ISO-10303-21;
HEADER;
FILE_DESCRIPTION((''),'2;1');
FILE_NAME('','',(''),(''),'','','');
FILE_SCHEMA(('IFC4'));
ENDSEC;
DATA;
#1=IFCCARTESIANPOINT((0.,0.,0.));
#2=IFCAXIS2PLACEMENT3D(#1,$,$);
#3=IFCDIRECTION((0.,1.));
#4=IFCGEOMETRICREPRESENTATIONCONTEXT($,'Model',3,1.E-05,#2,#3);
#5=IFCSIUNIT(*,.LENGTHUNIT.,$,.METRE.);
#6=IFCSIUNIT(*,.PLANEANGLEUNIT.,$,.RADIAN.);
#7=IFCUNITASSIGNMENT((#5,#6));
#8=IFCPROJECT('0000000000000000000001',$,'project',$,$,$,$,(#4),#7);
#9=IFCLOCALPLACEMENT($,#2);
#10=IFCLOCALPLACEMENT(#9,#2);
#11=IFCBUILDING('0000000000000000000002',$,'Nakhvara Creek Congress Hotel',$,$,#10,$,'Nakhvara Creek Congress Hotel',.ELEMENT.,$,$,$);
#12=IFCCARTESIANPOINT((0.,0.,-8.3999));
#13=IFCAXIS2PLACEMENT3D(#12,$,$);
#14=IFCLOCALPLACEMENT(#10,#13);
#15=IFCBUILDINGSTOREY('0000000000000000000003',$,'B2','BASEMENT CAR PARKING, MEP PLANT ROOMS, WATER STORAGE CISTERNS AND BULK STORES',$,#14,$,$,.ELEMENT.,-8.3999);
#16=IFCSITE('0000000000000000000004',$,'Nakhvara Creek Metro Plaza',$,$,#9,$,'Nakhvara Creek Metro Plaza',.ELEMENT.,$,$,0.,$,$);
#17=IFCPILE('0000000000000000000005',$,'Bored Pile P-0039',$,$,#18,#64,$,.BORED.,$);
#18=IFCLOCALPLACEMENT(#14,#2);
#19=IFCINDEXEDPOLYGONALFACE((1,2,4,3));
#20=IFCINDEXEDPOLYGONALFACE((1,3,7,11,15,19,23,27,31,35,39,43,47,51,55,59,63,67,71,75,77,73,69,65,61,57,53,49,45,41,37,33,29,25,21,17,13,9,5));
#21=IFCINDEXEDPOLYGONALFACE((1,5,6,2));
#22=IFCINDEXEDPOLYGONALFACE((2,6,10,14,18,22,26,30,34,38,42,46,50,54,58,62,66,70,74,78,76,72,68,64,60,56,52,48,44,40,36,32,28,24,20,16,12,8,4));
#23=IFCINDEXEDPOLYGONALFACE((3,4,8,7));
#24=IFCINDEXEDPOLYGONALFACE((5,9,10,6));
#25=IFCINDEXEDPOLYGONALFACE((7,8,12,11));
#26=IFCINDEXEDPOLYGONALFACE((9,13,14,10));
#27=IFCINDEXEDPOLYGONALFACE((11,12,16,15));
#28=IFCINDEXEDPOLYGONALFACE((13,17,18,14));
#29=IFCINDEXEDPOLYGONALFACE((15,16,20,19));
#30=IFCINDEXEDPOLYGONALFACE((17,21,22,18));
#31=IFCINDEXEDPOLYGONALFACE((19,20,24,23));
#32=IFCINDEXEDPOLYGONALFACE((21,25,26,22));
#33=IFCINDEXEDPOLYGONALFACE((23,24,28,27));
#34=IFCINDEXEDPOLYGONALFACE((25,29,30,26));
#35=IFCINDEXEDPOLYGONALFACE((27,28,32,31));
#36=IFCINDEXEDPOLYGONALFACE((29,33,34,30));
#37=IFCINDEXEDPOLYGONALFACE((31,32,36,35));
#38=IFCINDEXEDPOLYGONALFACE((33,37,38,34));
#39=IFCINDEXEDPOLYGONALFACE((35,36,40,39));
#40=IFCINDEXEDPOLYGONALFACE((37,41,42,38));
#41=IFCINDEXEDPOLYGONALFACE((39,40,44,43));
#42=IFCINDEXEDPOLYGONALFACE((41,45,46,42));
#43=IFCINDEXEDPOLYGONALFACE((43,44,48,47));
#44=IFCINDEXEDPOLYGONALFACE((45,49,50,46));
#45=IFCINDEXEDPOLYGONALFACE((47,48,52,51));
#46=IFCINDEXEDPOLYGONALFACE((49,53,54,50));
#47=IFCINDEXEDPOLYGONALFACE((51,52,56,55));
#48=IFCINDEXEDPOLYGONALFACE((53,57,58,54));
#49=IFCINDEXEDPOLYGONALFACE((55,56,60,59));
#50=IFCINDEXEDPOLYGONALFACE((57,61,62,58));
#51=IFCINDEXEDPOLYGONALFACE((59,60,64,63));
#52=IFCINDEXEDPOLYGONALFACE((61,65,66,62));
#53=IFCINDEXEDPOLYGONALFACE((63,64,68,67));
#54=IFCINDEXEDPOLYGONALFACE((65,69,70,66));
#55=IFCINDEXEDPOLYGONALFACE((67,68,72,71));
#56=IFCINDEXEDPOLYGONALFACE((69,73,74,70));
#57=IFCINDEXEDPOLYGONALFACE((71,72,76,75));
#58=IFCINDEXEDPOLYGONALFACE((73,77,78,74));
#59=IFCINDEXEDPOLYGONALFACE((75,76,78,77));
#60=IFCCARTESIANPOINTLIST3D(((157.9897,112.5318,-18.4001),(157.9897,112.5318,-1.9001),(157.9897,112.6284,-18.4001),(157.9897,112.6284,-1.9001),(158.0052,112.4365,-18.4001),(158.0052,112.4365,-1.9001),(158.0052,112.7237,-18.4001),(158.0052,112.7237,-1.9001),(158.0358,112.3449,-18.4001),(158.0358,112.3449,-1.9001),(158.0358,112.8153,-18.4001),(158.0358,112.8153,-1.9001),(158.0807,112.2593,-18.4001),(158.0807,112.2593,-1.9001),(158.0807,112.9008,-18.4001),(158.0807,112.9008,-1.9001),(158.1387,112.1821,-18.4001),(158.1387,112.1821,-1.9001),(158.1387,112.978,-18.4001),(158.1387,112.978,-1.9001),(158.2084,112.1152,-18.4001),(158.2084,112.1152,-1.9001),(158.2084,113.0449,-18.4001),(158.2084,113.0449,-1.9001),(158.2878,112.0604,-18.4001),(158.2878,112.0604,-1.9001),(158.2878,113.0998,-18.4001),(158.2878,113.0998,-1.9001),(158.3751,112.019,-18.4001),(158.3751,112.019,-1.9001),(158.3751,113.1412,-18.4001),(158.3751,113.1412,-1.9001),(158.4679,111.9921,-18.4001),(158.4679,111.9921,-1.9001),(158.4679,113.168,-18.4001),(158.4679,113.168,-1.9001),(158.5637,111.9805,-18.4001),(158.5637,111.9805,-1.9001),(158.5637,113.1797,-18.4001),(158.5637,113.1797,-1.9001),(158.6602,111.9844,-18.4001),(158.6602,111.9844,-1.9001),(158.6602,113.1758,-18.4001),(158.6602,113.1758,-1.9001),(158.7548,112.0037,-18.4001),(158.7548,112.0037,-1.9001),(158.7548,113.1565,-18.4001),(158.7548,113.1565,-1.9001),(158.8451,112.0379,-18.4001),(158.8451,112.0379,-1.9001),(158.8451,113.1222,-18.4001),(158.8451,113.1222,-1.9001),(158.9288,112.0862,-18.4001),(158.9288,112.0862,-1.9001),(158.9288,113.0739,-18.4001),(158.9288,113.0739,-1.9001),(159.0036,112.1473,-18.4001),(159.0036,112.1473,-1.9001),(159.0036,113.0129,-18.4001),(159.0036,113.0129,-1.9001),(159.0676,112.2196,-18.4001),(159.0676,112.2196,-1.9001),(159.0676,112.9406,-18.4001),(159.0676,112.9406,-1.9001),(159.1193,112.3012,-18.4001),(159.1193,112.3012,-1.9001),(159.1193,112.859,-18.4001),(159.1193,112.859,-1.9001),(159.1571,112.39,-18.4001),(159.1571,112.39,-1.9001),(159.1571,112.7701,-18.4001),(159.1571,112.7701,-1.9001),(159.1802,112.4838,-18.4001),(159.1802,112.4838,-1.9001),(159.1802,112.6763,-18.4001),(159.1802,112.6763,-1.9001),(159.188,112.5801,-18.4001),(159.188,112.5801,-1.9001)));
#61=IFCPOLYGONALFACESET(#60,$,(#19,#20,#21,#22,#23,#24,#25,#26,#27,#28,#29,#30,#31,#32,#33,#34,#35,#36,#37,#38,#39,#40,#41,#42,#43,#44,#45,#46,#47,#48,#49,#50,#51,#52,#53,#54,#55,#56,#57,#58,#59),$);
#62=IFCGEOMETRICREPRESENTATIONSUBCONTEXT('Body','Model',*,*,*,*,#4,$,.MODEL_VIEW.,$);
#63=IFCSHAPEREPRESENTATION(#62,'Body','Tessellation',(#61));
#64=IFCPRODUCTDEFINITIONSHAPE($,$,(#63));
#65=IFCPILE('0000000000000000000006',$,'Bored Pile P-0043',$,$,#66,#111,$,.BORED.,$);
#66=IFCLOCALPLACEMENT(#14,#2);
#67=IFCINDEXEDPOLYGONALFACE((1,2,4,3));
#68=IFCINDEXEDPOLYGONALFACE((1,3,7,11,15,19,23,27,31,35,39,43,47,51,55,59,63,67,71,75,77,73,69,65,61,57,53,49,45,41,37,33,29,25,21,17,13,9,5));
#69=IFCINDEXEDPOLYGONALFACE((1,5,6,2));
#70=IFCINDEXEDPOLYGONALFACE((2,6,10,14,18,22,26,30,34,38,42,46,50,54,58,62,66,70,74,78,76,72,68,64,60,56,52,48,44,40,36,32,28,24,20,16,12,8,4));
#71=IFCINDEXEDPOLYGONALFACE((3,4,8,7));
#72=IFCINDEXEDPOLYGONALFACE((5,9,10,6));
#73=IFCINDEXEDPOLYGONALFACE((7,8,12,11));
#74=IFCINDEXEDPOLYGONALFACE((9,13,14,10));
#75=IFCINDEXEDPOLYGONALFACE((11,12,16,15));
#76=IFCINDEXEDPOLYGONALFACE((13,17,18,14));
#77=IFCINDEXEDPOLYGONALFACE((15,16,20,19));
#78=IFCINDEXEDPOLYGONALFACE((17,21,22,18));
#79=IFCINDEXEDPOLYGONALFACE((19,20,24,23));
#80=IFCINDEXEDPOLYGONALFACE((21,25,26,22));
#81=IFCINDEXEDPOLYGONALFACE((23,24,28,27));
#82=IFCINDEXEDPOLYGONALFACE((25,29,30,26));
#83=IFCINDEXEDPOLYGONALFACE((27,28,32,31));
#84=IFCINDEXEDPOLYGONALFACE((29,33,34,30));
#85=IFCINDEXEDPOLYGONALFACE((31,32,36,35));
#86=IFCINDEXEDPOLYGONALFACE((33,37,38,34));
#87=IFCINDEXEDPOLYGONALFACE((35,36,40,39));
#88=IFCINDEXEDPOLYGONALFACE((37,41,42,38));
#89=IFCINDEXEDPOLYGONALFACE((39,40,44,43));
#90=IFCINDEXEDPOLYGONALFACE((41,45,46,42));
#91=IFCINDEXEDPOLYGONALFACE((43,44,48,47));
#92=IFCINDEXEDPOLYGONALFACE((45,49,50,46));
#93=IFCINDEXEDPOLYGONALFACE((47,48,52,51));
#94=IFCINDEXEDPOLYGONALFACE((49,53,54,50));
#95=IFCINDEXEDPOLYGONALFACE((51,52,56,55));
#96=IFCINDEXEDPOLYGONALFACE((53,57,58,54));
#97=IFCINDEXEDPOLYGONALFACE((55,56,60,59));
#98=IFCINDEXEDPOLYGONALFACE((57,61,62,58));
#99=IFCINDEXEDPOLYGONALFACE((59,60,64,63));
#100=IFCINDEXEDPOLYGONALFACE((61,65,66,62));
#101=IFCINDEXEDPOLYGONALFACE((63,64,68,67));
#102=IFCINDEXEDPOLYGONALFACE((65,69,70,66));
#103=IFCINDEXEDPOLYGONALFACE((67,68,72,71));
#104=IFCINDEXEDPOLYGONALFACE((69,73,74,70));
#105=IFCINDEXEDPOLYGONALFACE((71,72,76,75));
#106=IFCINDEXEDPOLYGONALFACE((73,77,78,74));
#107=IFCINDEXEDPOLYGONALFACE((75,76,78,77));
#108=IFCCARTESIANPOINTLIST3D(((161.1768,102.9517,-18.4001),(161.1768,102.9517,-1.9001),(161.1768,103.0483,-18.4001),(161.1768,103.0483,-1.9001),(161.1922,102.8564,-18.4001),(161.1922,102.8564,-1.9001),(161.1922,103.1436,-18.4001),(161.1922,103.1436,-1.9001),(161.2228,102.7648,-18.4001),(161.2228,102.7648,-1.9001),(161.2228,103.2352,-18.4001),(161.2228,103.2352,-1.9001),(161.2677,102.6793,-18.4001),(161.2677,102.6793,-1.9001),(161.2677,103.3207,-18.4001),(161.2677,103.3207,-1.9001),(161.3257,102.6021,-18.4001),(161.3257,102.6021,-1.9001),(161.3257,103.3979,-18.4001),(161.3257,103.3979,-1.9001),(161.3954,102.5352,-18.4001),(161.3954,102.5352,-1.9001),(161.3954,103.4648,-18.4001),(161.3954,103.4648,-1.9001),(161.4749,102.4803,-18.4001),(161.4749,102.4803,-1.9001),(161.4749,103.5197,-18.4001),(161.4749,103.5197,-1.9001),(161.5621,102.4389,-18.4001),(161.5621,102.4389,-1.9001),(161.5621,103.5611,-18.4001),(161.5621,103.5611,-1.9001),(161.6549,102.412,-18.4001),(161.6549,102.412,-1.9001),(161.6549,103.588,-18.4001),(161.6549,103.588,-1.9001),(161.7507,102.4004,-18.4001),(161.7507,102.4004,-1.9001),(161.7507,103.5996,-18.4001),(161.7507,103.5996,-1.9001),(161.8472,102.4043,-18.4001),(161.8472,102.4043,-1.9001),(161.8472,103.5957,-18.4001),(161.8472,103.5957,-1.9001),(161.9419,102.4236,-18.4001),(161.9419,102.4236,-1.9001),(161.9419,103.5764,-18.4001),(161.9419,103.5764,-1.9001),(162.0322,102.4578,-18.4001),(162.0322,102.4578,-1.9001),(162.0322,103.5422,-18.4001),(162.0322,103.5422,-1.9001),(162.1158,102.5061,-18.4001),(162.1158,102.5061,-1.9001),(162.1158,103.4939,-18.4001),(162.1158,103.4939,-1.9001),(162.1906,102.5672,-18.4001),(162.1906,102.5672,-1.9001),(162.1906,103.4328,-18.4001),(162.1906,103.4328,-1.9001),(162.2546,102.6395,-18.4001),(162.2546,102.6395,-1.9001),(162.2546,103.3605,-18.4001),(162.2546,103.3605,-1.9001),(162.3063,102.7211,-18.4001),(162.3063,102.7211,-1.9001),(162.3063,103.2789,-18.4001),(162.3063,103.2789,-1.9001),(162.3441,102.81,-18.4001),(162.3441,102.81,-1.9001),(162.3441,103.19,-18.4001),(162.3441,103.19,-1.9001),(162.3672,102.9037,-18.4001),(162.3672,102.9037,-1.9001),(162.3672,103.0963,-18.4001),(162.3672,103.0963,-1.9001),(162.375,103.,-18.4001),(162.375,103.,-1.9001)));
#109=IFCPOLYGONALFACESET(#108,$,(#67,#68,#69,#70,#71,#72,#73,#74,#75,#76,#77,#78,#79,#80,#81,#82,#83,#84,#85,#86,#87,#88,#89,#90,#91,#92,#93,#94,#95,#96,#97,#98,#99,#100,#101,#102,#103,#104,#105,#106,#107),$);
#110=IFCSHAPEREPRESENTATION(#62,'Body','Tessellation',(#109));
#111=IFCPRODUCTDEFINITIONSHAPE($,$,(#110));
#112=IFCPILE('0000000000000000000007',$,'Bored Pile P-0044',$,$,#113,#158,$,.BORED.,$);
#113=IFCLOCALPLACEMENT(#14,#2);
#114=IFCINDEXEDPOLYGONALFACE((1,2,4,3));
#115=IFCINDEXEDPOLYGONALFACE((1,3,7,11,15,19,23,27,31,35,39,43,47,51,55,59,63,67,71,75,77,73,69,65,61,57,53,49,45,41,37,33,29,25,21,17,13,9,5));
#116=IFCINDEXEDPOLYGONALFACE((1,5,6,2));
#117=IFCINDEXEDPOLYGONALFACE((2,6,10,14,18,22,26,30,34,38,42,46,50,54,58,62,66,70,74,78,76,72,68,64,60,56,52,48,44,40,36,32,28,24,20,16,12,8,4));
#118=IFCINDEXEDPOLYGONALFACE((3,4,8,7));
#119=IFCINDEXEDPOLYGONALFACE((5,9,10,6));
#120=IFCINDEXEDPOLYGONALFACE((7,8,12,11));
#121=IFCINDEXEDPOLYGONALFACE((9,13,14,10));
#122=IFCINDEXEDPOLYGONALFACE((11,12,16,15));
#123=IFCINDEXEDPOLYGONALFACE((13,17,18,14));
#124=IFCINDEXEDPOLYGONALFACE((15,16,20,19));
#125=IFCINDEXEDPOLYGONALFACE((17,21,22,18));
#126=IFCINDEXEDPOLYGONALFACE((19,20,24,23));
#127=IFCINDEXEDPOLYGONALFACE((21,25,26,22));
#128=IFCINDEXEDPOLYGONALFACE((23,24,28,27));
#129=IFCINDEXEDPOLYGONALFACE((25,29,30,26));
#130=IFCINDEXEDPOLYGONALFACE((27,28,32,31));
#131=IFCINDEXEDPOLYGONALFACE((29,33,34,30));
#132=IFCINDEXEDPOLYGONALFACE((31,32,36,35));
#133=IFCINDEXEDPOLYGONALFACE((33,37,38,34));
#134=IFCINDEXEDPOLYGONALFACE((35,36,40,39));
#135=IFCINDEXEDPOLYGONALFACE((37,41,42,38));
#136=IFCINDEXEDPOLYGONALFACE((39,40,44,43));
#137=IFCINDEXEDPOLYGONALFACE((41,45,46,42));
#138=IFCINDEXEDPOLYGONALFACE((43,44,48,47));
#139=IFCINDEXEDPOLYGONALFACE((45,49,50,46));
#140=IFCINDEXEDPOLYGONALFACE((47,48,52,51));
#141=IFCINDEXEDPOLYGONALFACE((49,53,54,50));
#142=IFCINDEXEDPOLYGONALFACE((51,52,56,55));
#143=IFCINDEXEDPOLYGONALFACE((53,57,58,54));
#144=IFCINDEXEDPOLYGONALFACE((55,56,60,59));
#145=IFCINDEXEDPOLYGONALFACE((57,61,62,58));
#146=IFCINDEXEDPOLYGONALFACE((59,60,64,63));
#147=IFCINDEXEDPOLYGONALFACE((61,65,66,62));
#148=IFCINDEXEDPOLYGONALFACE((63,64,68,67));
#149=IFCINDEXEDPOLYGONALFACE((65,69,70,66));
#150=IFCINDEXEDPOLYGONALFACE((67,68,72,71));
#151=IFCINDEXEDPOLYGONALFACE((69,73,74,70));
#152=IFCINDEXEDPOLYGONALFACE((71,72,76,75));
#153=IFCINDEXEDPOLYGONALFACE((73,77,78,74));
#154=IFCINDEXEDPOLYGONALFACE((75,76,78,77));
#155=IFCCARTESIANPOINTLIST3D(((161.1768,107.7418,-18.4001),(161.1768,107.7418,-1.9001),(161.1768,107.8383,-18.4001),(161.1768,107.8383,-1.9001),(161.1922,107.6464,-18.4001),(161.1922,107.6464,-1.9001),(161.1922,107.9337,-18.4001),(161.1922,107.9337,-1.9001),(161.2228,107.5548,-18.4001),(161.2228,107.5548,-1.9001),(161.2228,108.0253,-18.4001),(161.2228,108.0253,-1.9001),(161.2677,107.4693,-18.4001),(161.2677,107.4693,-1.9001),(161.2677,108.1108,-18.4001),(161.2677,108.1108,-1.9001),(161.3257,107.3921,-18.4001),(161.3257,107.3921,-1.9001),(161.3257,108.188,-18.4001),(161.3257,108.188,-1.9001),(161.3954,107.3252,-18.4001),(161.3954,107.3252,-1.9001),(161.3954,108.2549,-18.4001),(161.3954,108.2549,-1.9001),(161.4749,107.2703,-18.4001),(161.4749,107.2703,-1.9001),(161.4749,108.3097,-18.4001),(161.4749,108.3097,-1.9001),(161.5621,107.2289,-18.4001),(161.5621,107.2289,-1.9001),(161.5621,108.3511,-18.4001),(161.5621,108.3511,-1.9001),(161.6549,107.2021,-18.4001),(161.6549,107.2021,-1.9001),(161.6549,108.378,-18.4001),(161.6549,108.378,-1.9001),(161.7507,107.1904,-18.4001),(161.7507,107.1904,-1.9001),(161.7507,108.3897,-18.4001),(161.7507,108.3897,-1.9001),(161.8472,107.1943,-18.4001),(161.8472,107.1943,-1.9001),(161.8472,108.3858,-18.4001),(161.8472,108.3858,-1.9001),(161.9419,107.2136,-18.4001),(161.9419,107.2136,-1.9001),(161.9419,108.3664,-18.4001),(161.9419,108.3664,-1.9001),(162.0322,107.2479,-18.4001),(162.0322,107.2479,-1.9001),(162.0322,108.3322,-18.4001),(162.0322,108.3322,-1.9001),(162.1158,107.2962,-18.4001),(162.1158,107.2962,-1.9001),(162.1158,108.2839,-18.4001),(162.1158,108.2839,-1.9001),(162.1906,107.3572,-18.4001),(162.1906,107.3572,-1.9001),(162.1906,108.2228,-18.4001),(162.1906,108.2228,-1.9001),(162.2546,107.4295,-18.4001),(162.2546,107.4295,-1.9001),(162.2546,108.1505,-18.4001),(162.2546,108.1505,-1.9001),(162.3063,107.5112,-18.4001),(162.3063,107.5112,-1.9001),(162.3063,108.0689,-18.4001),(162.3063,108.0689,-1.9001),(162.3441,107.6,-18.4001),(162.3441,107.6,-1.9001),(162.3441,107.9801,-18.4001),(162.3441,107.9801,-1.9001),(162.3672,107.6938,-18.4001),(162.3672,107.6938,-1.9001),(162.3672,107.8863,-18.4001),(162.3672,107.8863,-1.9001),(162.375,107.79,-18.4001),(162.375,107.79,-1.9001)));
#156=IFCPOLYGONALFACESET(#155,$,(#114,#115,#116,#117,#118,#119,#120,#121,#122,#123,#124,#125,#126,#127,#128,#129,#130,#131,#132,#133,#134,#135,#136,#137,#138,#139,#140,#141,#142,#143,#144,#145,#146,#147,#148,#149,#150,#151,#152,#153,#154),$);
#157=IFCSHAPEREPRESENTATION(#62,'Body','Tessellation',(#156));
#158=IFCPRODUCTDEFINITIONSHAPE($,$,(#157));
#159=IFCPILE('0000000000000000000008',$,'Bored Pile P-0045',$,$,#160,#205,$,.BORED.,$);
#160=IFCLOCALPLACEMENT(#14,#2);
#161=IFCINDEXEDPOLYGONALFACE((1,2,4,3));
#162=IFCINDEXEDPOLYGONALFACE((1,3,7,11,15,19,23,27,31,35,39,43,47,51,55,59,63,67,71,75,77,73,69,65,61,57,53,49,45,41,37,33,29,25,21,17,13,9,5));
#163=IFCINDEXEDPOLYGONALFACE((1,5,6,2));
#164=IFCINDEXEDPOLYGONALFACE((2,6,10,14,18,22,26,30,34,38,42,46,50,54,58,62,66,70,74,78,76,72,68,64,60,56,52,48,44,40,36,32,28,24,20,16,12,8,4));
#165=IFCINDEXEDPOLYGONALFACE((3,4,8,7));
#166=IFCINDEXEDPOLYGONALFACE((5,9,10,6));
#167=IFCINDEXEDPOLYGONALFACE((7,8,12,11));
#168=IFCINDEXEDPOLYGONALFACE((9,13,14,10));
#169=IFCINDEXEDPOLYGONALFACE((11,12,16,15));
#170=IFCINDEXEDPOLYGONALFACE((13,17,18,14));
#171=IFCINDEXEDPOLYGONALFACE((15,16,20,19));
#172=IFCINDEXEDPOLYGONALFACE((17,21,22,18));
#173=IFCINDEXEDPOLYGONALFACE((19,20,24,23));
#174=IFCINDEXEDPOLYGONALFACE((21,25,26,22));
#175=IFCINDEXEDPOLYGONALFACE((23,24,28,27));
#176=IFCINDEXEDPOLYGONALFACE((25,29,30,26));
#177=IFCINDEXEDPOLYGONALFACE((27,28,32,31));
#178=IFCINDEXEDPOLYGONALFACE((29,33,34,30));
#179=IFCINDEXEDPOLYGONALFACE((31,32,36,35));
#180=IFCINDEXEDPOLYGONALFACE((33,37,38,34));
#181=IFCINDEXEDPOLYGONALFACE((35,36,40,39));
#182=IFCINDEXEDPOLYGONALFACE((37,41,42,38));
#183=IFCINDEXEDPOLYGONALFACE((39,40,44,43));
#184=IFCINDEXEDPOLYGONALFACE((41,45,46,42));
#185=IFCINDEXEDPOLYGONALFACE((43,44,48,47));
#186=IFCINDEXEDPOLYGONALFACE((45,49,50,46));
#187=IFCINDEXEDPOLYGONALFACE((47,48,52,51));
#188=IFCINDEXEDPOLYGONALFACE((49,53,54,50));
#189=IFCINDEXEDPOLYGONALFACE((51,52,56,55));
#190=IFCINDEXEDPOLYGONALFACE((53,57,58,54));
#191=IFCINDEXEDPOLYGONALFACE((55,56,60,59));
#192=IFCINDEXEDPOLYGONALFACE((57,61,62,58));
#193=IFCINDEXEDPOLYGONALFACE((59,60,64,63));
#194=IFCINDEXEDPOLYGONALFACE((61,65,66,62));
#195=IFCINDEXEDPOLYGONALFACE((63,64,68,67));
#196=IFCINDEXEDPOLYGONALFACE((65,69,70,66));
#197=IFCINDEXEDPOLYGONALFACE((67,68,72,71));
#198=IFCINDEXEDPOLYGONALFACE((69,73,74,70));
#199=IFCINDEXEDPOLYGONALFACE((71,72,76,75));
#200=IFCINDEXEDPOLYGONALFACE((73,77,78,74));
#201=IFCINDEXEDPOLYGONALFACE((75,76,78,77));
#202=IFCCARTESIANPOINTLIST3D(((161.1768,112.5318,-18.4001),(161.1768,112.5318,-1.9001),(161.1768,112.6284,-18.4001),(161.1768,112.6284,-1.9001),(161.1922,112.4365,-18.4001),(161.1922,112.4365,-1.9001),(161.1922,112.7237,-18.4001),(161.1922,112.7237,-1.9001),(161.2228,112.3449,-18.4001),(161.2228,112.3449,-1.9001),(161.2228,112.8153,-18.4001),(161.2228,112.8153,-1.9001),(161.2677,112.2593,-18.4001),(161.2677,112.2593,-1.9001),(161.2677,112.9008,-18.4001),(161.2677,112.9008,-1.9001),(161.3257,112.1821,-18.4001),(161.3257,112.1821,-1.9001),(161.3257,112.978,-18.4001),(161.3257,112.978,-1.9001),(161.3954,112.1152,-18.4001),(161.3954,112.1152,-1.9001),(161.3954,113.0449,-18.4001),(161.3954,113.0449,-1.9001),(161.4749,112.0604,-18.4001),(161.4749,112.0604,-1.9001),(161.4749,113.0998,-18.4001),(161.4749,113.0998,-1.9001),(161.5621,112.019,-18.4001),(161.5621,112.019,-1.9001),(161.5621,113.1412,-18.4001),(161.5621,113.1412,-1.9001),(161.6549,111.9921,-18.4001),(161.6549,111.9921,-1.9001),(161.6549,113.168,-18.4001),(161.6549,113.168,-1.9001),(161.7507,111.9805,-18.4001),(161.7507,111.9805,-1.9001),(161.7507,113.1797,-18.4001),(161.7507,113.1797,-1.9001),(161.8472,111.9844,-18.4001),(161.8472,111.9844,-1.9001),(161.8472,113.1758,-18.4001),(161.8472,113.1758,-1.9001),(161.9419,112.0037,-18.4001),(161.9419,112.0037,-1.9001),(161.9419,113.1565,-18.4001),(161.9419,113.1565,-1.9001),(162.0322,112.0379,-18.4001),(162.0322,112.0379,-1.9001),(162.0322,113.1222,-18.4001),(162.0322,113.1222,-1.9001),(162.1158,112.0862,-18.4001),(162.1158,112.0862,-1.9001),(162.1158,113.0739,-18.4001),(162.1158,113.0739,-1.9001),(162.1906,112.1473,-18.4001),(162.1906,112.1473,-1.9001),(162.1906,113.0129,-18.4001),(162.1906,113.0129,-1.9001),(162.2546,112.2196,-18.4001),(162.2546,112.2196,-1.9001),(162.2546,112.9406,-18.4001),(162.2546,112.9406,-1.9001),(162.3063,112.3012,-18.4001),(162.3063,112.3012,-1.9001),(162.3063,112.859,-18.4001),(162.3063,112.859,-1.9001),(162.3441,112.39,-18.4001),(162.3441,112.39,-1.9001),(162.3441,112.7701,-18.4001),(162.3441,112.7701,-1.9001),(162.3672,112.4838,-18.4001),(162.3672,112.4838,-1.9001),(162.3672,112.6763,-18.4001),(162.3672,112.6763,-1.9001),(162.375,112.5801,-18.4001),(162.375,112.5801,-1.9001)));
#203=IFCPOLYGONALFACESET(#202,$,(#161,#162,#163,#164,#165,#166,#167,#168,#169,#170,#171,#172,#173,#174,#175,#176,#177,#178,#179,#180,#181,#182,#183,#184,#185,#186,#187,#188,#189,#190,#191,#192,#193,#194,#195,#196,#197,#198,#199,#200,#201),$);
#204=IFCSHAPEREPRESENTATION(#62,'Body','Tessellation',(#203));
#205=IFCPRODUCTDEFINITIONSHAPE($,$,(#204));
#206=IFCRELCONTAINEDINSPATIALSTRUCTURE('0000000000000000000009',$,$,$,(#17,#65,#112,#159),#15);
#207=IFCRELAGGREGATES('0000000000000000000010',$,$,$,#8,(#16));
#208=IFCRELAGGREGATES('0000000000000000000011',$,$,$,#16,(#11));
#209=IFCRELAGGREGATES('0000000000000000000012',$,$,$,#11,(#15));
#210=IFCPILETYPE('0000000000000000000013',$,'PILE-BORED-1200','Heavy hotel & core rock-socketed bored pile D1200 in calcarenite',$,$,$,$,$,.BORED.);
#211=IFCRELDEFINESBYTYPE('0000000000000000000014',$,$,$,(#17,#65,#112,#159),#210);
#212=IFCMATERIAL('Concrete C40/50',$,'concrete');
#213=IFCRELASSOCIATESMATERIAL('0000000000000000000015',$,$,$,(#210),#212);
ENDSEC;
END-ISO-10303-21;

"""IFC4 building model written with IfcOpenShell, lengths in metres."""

from ifc_helpers import new_model, si_unit, direction, frame, origin, origin_2d, place, context, subcontext, project, spatial, circle, extrude, material, material_profile, profile_set, type_object, element, save


model = new_model("IFC4")

# Units and contexts
model_context = context("Model", 3, precision=1e-05, world=origin(), true_north=direction((0.0, 1.0)))
body_context = subcontext(model_context, "Body", "Model", "MODEL_VIEW")
ifc_project = project(units=[si_unit("LENGTHUNIT", "METRE"), si_unit("PLANEANGLEUNIT", "RADIAN")], contexts=[model_context])

# Site, building, storey
site_placement = place(None, origin())
site = spatial("IfcSite", under=ifc_project, at=site_placement, Name="Nakhvara Creek Metro Plaza", LongName="Nakhvara Creek Metro Plaza", CompositionType="ELEMENT", RefElevation=0.0)
building_placement = place(site_placement, origin())
building = spatial("IfcBuilding", under=site, at=building_placement, Name="Nakhvara Creek Congress Hotel", LongName="Nakhvara Creek Congress Hotel", CompositionType="ELEMENT")
storey_placement = place(building_placement, frame((0.0, 0.0, -8.3999)))
storey = spatial("IfcBuildingStorey", under=building, at=storey_placement, Name="B2", Description="BASEMENT CAR PARKING, MEP PLANT ROOMS, WATER STORAGE CISTERNS AND BULK STORES", CompositionType="ELEMENT", Elevation=-8.3999)

# Piles
ifc_material_1 = material(Name="Concrete C40/50", Category="concrete")
ifc_material_profile_1 = material_profile(ifc_material_1, circle(Radius=0.6001, at=origin_2d()), Name="BORED PILE D1200", Category="LoadBearing")
ifc_profile_set_1 = profile_set([ifc_material_profile_1], Name="Concrete C40/50")
pile_type = type_object("IfcPileType", Name="PILE-BORED-1200", Description="Heavy hotel & core rock-socketed bored pile D1200 in calcarenite", PredefinedType="BORED", material=ifc_profile_set_1)
for number, where, z_axis, x_axis, name in (
    (1, (158.5879, 112.5801, -1.9001), (0.0, 0.0, -1.0), (1.0, 0.0, 0.0), "Bored Pile P-0039"),
    (2, (161.7749, 103.0, -1.9001), (0.0, 0.0, -1.0), (1.0, 0.0, 0.0), "Bored Pile P-0043"),
    (3, (161.7749, 107.79, -1.9001), (0.0, 0.0, -1.0), (1.0, 0.0, 0.0), "Bored Pile P-0044"),
    (4, (161.7749, 112.5801, -1.9001), (0.0, 0.0, -1.0), (1.0, 0.0, 0.0), "Bored Pile P-0045"),
):
    element("IfcPile", number, at=place(storey_placement, frame(where, z_axis=z_axis, x_axis=x_axis)), inside=storey, type_object=pile_type, Name=name, PredefinedType="BORED", context=body_context, shape_type="SweptSolid", body=[
        extrude(circle(Radius=0.6001, at=origin_2d()), origin(), (0.0, 0.0, 1.0), 16.5),
    ])

save(model, "model.ifc")
